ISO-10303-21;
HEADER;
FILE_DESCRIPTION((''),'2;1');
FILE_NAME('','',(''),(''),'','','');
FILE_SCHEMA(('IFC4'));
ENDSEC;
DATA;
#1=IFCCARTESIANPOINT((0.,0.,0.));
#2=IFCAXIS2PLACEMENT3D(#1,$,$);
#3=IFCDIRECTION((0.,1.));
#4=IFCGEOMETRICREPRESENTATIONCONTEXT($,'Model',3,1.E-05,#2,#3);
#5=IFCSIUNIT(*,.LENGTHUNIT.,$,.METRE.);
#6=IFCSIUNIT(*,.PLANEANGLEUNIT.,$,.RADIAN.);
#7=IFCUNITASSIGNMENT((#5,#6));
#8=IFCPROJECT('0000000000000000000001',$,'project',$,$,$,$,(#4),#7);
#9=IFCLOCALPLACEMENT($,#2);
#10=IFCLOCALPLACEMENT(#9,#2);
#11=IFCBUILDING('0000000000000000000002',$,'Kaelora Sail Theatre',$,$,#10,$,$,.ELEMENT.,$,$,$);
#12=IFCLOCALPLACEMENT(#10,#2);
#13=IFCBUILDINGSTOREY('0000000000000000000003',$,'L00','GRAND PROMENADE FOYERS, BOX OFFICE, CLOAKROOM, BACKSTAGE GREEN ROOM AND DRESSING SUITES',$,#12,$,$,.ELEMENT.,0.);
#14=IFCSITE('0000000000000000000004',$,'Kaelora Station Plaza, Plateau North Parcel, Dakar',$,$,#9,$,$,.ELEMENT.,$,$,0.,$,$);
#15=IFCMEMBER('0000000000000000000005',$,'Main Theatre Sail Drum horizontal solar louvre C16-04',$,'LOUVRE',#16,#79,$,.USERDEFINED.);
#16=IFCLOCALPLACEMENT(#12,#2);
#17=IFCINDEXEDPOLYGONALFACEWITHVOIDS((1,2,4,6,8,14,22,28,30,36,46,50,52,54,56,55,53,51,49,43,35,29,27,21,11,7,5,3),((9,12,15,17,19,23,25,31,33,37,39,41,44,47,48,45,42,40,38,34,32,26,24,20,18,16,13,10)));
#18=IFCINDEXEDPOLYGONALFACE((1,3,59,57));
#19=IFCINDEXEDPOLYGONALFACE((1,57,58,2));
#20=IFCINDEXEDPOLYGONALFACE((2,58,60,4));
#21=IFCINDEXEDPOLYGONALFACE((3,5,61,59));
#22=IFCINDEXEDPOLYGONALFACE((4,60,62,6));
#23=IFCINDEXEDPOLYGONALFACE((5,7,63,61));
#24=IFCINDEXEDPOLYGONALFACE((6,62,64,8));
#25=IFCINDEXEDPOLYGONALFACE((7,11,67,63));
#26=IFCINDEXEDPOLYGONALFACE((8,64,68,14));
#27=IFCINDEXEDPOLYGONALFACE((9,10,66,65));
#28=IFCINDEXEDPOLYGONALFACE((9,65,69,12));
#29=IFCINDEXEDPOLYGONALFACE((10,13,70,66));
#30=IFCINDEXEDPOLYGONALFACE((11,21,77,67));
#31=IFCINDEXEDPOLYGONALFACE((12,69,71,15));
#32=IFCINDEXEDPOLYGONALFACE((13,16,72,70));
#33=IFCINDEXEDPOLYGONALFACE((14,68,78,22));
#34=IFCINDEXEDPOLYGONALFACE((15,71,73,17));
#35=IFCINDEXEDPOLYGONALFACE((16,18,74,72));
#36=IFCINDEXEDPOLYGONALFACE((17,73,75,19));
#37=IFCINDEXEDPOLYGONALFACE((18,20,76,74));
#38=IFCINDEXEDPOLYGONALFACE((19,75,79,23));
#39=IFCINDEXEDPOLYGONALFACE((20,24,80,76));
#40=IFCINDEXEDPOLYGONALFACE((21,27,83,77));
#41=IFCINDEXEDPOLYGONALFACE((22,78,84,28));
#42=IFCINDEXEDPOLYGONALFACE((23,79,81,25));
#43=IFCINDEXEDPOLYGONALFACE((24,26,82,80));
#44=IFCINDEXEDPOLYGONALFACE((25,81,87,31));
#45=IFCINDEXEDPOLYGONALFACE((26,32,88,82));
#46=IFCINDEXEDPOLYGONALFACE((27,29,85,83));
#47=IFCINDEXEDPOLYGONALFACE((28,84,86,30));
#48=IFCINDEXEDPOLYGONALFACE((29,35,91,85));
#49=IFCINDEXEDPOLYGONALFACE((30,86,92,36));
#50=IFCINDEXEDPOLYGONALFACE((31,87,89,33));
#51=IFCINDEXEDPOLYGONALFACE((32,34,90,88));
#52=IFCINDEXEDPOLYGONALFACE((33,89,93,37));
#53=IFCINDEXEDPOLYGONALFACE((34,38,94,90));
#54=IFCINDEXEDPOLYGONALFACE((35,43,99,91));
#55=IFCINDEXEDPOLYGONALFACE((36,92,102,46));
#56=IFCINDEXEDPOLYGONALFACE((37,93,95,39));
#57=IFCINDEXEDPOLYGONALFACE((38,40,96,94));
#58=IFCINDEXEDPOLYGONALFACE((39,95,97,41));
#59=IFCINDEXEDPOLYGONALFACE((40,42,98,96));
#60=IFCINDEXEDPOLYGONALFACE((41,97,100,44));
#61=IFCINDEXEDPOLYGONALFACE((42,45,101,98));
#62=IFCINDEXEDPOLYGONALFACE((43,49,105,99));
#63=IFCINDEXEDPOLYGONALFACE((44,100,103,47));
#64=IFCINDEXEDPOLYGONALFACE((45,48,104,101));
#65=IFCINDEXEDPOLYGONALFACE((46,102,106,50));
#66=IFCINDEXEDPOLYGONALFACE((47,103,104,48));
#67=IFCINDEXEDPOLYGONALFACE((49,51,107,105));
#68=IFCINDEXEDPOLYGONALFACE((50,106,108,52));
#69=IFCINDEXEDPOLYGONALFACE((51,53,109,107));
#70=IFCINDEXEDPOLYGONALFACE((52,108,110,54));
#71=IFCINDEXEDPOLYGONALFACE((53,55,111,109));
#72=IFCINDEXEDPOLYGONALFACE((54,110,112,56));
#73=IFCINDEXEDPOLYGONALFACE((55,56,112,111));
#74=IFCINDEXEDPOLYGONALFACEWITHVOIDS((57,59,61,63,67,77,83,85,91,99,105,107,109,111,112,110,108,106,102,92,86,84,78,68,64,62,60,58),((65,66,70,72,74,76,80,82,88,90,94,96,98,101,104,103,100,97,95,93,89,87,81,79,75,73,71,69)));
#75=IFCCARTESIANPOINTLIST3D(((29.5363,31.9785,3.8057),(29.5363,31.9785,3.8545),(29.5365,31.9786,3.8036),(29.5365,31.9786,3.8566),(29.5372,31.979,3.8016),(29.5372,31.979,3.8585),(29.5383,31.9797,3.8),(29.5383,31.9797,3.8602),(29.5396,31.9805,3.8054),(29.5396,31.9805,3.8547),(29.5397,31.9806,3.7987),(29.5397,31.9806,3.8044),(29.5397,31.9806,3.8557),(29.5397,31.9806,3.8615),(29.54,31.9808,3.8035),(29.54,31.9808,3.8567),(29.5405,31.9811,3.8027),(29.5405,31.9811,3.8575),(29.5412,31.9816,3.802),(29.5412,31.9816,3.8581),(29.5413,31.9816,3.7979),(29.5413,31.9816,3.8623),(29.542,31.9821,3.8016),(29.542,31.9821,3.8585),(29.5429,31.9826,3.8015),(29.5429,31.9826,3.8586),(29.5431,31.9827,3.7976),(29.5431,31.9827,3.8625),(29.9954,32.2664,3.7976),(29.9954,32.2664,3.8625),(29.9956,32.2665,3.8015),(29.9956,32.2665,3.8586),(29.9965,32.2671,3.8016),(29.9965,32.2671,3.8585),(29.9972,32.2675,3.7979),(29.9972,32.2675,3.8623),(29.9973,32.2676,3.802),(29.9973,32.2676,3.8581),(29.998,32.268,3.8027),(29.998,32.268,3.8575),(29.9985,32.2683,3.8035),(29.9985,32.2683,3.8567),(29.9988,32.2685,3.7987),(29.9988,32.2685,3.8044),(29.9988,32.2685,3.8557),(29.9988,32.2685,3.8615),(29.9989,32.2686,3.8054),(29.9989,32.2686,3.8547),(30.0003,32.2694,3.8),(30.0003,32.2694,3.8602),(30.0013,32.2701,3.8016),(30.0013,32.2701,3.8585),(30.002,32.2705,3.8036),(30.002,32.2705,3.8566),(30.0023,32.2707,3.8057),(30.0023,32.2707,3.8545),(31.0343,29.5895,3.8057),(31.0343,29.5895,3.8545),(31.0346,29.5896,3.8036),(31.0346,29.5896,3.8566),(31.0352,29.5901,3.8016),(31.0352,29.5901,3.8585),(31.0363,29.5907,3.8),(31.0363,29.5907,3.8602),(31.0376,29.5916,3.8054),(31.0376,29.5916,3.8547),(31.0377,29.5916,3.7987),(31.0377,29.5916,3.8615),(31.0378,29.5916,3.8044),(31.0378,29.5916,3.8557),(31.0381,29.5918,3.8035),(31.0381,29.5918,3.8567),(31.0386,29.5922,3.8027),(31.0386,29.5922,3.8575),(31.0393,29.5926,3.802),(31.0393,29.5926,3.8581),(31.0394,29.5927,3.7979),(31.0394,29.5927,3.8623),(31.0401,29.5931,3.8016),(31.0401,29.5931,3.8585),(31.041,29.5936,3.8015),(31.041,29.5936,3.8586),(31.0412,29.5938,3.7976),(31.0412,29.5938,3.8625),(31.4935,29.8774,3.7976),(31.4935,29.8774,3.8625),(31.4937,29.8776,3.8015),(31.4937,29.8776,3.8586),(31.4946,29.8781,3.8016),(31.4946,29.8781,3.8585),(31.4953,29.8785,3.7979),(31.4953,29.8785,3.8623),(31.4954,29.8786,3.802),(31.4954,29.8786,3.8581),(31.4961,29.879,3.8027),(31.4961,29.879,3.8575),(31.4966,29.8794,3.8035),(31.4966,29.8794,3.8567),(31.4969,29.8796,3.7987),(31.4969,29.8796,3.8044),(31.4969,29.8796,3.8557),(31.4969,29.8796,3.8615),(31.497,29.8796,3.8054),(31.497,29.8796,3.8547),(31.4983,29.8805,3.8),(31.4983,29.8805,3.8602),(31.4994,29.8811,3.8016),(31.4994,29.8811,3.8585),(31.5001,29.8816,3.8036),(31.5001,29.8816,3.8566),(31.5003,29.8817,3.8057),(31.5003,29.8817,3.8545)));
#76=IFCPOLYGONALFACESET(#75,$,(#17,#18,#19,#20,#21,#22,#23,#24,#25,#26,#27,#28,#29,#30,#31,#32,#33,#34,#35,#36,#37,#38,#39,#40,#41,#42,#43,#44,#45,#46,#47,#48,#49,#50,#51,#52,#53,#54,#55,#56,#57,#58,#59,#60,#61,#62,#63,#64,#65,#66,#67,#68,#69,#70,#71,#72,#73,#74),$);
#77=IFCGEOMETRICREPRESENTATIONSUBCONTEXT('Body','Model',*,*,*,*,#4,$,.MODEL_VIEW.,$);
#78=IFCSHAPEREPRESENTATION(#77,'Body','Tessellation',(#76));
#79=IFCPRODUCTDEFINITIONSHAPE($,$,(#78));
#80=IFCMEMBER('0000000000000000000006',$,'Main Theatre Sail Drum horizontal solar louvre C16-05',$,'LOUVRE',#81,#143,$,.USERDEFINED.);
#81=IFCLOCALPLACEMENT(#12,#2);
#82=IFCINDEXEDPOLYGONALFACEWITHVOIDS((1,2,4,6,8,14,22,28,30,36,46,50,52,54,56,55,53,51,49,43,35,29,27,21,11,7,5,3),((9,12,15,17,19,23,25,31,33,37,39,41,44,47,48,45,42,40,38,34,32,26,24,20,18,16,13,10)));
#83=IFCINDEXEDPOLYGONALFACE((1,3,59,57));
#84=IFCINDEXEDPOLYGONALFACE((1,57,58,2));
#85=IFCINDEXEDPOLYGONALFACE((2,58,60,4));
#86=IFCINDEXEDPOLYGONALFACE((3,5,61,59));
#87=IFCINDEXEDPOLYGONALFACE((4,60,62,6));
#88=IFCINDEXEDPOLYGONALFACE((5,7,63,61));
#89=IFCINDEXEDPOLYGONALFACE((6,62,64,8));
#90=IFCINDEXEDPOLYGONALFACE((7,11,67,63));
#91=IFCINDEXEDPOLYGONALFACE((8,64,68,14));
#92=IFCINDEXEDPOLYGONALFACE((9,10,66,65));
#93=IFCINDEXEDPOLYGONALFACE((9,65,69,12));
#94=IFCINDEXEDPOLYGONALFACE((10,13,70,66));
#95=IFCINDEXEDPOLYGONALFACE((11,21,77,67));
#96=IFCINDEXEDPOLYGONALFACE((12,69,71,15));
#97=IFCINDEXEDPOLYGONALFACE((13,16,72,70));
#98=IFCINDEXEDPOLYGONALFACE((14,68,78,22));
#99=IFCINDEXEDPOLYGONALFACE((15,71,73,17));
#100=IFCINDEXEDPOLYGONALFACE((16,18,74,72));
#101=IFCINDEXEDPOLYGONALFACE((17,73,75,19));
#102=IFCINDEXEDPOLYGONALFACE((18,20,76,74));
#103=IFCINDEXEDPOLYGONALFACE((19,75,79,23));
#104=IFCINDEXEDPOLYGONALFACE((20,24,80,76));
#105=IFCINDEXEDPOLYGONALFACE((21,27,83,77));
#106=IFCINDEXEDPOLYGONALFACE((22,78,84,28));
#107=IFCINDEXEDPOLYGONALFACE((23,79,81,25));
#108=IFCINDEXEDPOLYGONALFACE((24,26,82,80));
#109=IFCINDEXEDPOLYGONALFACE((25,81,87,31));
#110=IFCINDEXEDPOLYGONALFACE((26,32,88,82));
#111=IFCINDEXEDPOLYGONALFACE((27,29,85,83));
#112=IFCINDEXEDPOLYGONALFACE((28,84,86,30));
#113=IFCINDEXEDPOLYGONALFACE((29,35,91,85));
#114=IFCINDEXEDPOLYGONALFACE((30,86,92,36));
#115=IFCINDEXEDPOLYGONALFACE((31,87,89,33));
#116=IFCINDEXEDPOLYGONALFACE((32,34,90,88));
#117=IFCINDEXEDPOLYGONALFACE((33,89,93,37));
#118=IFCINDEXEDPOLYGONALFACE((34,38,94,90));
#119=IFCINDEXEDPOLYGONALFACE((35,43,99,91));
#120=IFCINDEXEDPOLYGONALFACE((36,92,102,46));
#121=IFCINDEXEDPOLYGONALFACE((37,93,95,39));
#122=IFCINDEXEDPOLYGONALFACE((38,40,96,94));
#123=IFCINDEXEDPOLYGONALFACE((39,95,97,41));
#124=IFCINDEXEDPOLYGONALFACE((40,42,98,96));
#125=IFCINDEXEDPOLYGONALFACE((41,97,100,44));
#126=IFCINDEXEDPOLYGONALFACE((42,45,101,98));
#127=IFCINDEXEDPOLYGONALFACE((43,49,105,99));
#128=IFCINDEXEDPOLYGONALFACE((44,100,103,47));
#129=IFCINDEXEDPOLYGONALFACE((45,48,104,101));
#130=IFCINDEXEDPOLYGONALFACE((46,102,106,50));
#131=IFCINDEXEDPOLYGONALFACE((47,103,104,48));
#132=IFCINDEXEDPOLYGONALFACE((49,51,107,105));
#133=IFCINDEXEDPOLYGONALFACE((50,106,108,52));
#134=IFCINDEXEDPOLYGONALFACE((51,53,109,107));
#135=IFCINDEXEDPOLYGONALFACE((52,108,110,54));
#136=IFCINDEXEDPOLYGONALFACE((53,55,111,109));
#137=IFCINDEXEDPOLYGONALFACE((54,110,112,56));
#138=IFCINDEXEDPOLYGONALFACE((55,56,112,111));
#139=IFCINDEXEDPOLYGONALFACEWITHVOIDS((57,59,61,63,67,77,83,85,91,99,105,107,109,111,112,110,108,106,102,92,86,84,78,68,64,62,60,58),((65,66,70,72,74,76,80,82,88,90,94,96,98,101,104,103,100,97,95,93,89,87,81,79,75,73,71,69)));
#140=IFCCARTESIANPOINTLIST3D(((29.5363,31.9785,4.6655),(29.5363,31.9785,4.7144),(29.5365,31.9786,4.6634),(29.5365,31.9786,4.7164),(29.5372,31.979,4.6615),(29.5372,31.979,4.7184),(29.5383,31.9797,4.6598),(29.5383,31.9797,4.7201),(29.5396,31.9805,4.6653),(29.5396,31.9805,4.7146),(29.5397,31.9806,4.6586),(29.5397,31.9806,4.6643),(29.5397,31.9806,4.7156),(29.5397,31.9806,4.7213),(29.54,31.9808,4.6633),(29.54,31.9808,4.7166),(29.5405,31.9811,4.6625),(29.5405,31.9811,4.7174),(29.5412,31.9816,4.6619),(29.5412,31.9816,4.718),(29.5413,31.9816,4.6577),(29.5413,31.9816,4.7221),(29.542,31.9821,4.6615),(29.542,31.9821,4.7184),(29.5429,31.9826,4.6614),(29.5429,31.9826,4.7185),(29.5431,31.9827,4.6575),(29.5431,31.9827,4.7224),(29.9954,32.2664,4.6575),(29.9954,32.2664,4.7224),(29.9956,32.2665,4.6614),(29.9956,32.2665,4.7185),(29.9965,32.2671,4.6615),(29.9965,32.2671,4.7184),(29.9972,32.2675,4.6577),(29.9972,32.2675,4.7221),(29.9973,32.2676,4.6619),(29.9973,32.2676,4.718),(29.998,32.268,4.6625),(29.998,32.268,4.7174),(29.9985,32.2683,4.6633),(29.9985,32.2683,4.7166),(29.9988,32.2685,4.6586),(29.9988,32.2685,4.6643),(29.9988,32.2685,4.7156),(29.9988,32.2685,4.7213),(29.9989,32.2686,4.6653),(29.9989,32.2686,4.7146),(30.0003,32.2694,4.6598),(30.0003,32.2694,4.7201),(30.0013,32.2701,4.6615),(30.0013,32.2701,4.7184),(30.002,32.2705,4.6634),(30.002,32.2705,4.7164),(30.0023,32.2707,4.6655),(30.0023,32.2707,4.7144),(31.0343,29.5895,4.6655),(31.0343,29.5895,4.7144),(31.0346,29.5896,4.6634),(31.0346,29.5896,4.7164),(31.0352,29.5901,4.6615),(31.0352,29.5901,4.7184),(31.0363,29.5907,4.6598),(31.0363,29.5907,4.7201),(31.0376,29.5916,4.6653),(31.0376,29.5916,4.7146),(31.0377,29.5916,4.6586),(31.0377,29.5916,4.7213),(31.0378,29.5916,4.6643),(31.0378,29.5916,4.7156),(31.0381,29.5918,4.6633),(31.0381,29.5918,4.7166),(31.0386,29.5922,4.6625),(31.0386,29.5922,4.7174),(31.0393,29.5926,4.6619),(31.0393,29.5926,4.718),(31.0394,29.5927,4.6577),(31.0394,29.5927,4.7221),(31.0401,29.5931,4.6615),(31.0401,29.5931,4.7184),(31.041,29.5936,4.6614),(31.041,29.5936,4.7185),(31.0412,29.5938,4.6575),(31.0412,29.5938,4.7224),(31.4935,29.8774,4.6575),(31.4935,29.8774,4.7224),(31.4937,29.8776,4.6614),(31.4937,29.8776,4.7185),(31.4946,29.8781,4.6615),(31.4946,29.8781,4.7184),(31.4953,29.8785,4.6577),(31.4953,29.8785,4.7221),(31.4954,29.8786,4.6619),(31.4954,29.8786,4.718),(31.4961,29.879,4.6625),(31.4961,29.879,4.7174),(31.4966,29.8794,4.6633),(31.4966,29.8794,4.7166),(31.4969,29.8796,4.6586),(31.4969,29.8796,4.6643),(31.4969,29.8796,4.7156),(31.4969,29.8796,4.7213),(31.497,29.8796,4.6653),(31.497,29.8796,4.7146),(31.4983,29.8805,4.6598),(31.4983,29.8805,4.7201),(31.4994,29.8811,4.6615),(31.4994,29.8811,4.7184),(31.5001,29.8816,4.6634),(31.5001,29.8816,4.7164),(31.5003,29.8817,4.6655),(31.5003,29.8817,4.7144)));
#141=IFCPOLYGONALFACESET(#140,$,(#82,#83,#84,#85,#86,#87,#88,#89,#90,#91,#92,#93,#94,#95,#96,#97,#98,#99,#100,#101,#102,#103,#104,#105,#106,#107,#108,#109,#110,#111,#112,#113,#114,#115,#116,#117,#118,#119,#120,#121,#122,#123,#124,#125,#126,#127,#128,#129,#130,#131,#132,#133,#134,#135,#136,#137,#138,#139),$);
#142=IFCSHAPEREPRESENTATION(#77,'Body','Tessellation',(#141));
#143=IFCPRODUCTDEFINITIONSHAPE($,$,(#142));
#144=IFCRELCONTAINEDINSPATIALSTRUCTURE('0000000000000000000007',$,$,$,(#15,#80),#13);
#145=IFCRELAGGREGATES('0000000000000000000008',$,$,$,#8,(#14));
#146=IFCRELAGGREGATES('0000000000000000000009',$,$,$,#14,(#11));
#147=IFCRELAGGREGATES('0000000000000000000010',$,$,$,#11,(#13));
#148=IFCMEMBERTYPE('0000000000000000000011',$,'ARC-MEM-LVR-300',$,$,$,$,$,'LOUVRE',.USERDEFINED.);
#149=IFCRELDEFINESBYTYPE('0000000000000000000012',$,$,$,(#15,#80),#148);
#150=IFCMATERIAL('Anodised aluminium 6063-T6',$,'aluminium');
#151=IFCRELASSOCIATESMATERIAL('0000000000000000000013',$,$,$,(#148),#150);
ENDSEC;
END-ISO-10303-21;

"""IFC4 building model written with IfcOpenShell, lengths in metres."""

from ifc_helpers import new_model, si_unit, direction, frame, origin, origin_2d, place, context, subcontext, project, spatial, hollow_rectangle, extrude, material, material_profile, profile_set, type_object, element, save


model = new_model("IFC4")

# Units and contexts
model_context = context("Model", 3, precision=1e-05, world=origin(), true_north=direction((0.0, 1.0)))
body_context = subcontext(model_context, "Body", "Model", "MODEL_VIEW")
ifc_project = project(units=[si_unit("LENGTHUNIT", "METRE"), si_unit("PLANEANGLEUNIT", "RADIAN")], contexts=[model_context])

# Site, building, storey
site_placement = place(None, origin())
site = spatial("IfcSite", under=ifc_project, at=site_placement, Name="Kaelora Station Plaza, Plateau North Parcel, Dakar", CompositionType="ELEMENT", RefElevation=0.0)
building_placement = place(site_placement, origin())
building = spatial("IfcBuilding", under=site, at=building_placement, Name="Kaelora Sail Theatre", CompositionType="ELEMENT")
storey_placement = place(building_placement, origin())
storey = spatial("IfcBuildingStorey", under=building, at=storey_placement, Name="L00", Description="GRAND PROMENADE FOYERS, BOX OFFICE, CLOAKROOM, BACKSTAGE GREEN ROOM AND DRESSING SUITES", CompositionType="ELEMENT", Elevation=0.0)

# Members
ifc_material_1 = material(Name="Anodised aluminium 6063-T6", Category="aluminium")
ifc_material_profile_1 = material_profile(ifc_material_1, hollow_rectangle(XDim=0.55, YDim=0.0649, WallThickness=0.0039, InnerFilletRadius=0.0039, OuterFilletRadius=0.0081, at=origin_2d()), Name="LOUVRE 550x65x4")
ifc_profile_set_1 = profile_set([ifc_material_profile_1], Name="Anodised aluminium 6063-T6")
member_type_1 = type_object("IfcMemberType", Name="ARC-MEM-LVR-300", ElementType="LOUVRE", PredefinedType="USERDEFINED", material=ifc_profile_set_1)
for number, where, z_axis, x_axis, name in (
    (1, (31.2673, 29.7356, 3.8301), (-0.531267, 0.847204, 0.0), (-0.847204, -0.531267, 0.0), "Main Theatre Sail Drum horizontal solar louvre C16-04"),
    (2, (31.2673, 29.7356, 4.6899), (-0.531267, 0.847204, 0.0), (-0.847204, -0.531267, 0.0), "Main Theatre Sail Drum horizontal solar louvre C16-05"),
):
    element("IfcMember", number, at=place(storey_placement, frame(where, z_axis=z_axis, x_axis=x_axis)), inside=storey, type_object=member_type_1, Name=name, ObjectType="LOUVRE", PredefinedType="USERDEFINED", context=body_context, shape_type="SweptSolid", body=[
        extrude(hollow_rectangle(XDim=0.55, YDim=0.0649, WallThickness=0.0039, InnerFilletRadius=0.0039, OuterFilletRadius=0.0081, at=origin_2d()), origin(), (0.0, 0.0, 1.0), 2.8198),
    ])

save(model, "model.ifc")
